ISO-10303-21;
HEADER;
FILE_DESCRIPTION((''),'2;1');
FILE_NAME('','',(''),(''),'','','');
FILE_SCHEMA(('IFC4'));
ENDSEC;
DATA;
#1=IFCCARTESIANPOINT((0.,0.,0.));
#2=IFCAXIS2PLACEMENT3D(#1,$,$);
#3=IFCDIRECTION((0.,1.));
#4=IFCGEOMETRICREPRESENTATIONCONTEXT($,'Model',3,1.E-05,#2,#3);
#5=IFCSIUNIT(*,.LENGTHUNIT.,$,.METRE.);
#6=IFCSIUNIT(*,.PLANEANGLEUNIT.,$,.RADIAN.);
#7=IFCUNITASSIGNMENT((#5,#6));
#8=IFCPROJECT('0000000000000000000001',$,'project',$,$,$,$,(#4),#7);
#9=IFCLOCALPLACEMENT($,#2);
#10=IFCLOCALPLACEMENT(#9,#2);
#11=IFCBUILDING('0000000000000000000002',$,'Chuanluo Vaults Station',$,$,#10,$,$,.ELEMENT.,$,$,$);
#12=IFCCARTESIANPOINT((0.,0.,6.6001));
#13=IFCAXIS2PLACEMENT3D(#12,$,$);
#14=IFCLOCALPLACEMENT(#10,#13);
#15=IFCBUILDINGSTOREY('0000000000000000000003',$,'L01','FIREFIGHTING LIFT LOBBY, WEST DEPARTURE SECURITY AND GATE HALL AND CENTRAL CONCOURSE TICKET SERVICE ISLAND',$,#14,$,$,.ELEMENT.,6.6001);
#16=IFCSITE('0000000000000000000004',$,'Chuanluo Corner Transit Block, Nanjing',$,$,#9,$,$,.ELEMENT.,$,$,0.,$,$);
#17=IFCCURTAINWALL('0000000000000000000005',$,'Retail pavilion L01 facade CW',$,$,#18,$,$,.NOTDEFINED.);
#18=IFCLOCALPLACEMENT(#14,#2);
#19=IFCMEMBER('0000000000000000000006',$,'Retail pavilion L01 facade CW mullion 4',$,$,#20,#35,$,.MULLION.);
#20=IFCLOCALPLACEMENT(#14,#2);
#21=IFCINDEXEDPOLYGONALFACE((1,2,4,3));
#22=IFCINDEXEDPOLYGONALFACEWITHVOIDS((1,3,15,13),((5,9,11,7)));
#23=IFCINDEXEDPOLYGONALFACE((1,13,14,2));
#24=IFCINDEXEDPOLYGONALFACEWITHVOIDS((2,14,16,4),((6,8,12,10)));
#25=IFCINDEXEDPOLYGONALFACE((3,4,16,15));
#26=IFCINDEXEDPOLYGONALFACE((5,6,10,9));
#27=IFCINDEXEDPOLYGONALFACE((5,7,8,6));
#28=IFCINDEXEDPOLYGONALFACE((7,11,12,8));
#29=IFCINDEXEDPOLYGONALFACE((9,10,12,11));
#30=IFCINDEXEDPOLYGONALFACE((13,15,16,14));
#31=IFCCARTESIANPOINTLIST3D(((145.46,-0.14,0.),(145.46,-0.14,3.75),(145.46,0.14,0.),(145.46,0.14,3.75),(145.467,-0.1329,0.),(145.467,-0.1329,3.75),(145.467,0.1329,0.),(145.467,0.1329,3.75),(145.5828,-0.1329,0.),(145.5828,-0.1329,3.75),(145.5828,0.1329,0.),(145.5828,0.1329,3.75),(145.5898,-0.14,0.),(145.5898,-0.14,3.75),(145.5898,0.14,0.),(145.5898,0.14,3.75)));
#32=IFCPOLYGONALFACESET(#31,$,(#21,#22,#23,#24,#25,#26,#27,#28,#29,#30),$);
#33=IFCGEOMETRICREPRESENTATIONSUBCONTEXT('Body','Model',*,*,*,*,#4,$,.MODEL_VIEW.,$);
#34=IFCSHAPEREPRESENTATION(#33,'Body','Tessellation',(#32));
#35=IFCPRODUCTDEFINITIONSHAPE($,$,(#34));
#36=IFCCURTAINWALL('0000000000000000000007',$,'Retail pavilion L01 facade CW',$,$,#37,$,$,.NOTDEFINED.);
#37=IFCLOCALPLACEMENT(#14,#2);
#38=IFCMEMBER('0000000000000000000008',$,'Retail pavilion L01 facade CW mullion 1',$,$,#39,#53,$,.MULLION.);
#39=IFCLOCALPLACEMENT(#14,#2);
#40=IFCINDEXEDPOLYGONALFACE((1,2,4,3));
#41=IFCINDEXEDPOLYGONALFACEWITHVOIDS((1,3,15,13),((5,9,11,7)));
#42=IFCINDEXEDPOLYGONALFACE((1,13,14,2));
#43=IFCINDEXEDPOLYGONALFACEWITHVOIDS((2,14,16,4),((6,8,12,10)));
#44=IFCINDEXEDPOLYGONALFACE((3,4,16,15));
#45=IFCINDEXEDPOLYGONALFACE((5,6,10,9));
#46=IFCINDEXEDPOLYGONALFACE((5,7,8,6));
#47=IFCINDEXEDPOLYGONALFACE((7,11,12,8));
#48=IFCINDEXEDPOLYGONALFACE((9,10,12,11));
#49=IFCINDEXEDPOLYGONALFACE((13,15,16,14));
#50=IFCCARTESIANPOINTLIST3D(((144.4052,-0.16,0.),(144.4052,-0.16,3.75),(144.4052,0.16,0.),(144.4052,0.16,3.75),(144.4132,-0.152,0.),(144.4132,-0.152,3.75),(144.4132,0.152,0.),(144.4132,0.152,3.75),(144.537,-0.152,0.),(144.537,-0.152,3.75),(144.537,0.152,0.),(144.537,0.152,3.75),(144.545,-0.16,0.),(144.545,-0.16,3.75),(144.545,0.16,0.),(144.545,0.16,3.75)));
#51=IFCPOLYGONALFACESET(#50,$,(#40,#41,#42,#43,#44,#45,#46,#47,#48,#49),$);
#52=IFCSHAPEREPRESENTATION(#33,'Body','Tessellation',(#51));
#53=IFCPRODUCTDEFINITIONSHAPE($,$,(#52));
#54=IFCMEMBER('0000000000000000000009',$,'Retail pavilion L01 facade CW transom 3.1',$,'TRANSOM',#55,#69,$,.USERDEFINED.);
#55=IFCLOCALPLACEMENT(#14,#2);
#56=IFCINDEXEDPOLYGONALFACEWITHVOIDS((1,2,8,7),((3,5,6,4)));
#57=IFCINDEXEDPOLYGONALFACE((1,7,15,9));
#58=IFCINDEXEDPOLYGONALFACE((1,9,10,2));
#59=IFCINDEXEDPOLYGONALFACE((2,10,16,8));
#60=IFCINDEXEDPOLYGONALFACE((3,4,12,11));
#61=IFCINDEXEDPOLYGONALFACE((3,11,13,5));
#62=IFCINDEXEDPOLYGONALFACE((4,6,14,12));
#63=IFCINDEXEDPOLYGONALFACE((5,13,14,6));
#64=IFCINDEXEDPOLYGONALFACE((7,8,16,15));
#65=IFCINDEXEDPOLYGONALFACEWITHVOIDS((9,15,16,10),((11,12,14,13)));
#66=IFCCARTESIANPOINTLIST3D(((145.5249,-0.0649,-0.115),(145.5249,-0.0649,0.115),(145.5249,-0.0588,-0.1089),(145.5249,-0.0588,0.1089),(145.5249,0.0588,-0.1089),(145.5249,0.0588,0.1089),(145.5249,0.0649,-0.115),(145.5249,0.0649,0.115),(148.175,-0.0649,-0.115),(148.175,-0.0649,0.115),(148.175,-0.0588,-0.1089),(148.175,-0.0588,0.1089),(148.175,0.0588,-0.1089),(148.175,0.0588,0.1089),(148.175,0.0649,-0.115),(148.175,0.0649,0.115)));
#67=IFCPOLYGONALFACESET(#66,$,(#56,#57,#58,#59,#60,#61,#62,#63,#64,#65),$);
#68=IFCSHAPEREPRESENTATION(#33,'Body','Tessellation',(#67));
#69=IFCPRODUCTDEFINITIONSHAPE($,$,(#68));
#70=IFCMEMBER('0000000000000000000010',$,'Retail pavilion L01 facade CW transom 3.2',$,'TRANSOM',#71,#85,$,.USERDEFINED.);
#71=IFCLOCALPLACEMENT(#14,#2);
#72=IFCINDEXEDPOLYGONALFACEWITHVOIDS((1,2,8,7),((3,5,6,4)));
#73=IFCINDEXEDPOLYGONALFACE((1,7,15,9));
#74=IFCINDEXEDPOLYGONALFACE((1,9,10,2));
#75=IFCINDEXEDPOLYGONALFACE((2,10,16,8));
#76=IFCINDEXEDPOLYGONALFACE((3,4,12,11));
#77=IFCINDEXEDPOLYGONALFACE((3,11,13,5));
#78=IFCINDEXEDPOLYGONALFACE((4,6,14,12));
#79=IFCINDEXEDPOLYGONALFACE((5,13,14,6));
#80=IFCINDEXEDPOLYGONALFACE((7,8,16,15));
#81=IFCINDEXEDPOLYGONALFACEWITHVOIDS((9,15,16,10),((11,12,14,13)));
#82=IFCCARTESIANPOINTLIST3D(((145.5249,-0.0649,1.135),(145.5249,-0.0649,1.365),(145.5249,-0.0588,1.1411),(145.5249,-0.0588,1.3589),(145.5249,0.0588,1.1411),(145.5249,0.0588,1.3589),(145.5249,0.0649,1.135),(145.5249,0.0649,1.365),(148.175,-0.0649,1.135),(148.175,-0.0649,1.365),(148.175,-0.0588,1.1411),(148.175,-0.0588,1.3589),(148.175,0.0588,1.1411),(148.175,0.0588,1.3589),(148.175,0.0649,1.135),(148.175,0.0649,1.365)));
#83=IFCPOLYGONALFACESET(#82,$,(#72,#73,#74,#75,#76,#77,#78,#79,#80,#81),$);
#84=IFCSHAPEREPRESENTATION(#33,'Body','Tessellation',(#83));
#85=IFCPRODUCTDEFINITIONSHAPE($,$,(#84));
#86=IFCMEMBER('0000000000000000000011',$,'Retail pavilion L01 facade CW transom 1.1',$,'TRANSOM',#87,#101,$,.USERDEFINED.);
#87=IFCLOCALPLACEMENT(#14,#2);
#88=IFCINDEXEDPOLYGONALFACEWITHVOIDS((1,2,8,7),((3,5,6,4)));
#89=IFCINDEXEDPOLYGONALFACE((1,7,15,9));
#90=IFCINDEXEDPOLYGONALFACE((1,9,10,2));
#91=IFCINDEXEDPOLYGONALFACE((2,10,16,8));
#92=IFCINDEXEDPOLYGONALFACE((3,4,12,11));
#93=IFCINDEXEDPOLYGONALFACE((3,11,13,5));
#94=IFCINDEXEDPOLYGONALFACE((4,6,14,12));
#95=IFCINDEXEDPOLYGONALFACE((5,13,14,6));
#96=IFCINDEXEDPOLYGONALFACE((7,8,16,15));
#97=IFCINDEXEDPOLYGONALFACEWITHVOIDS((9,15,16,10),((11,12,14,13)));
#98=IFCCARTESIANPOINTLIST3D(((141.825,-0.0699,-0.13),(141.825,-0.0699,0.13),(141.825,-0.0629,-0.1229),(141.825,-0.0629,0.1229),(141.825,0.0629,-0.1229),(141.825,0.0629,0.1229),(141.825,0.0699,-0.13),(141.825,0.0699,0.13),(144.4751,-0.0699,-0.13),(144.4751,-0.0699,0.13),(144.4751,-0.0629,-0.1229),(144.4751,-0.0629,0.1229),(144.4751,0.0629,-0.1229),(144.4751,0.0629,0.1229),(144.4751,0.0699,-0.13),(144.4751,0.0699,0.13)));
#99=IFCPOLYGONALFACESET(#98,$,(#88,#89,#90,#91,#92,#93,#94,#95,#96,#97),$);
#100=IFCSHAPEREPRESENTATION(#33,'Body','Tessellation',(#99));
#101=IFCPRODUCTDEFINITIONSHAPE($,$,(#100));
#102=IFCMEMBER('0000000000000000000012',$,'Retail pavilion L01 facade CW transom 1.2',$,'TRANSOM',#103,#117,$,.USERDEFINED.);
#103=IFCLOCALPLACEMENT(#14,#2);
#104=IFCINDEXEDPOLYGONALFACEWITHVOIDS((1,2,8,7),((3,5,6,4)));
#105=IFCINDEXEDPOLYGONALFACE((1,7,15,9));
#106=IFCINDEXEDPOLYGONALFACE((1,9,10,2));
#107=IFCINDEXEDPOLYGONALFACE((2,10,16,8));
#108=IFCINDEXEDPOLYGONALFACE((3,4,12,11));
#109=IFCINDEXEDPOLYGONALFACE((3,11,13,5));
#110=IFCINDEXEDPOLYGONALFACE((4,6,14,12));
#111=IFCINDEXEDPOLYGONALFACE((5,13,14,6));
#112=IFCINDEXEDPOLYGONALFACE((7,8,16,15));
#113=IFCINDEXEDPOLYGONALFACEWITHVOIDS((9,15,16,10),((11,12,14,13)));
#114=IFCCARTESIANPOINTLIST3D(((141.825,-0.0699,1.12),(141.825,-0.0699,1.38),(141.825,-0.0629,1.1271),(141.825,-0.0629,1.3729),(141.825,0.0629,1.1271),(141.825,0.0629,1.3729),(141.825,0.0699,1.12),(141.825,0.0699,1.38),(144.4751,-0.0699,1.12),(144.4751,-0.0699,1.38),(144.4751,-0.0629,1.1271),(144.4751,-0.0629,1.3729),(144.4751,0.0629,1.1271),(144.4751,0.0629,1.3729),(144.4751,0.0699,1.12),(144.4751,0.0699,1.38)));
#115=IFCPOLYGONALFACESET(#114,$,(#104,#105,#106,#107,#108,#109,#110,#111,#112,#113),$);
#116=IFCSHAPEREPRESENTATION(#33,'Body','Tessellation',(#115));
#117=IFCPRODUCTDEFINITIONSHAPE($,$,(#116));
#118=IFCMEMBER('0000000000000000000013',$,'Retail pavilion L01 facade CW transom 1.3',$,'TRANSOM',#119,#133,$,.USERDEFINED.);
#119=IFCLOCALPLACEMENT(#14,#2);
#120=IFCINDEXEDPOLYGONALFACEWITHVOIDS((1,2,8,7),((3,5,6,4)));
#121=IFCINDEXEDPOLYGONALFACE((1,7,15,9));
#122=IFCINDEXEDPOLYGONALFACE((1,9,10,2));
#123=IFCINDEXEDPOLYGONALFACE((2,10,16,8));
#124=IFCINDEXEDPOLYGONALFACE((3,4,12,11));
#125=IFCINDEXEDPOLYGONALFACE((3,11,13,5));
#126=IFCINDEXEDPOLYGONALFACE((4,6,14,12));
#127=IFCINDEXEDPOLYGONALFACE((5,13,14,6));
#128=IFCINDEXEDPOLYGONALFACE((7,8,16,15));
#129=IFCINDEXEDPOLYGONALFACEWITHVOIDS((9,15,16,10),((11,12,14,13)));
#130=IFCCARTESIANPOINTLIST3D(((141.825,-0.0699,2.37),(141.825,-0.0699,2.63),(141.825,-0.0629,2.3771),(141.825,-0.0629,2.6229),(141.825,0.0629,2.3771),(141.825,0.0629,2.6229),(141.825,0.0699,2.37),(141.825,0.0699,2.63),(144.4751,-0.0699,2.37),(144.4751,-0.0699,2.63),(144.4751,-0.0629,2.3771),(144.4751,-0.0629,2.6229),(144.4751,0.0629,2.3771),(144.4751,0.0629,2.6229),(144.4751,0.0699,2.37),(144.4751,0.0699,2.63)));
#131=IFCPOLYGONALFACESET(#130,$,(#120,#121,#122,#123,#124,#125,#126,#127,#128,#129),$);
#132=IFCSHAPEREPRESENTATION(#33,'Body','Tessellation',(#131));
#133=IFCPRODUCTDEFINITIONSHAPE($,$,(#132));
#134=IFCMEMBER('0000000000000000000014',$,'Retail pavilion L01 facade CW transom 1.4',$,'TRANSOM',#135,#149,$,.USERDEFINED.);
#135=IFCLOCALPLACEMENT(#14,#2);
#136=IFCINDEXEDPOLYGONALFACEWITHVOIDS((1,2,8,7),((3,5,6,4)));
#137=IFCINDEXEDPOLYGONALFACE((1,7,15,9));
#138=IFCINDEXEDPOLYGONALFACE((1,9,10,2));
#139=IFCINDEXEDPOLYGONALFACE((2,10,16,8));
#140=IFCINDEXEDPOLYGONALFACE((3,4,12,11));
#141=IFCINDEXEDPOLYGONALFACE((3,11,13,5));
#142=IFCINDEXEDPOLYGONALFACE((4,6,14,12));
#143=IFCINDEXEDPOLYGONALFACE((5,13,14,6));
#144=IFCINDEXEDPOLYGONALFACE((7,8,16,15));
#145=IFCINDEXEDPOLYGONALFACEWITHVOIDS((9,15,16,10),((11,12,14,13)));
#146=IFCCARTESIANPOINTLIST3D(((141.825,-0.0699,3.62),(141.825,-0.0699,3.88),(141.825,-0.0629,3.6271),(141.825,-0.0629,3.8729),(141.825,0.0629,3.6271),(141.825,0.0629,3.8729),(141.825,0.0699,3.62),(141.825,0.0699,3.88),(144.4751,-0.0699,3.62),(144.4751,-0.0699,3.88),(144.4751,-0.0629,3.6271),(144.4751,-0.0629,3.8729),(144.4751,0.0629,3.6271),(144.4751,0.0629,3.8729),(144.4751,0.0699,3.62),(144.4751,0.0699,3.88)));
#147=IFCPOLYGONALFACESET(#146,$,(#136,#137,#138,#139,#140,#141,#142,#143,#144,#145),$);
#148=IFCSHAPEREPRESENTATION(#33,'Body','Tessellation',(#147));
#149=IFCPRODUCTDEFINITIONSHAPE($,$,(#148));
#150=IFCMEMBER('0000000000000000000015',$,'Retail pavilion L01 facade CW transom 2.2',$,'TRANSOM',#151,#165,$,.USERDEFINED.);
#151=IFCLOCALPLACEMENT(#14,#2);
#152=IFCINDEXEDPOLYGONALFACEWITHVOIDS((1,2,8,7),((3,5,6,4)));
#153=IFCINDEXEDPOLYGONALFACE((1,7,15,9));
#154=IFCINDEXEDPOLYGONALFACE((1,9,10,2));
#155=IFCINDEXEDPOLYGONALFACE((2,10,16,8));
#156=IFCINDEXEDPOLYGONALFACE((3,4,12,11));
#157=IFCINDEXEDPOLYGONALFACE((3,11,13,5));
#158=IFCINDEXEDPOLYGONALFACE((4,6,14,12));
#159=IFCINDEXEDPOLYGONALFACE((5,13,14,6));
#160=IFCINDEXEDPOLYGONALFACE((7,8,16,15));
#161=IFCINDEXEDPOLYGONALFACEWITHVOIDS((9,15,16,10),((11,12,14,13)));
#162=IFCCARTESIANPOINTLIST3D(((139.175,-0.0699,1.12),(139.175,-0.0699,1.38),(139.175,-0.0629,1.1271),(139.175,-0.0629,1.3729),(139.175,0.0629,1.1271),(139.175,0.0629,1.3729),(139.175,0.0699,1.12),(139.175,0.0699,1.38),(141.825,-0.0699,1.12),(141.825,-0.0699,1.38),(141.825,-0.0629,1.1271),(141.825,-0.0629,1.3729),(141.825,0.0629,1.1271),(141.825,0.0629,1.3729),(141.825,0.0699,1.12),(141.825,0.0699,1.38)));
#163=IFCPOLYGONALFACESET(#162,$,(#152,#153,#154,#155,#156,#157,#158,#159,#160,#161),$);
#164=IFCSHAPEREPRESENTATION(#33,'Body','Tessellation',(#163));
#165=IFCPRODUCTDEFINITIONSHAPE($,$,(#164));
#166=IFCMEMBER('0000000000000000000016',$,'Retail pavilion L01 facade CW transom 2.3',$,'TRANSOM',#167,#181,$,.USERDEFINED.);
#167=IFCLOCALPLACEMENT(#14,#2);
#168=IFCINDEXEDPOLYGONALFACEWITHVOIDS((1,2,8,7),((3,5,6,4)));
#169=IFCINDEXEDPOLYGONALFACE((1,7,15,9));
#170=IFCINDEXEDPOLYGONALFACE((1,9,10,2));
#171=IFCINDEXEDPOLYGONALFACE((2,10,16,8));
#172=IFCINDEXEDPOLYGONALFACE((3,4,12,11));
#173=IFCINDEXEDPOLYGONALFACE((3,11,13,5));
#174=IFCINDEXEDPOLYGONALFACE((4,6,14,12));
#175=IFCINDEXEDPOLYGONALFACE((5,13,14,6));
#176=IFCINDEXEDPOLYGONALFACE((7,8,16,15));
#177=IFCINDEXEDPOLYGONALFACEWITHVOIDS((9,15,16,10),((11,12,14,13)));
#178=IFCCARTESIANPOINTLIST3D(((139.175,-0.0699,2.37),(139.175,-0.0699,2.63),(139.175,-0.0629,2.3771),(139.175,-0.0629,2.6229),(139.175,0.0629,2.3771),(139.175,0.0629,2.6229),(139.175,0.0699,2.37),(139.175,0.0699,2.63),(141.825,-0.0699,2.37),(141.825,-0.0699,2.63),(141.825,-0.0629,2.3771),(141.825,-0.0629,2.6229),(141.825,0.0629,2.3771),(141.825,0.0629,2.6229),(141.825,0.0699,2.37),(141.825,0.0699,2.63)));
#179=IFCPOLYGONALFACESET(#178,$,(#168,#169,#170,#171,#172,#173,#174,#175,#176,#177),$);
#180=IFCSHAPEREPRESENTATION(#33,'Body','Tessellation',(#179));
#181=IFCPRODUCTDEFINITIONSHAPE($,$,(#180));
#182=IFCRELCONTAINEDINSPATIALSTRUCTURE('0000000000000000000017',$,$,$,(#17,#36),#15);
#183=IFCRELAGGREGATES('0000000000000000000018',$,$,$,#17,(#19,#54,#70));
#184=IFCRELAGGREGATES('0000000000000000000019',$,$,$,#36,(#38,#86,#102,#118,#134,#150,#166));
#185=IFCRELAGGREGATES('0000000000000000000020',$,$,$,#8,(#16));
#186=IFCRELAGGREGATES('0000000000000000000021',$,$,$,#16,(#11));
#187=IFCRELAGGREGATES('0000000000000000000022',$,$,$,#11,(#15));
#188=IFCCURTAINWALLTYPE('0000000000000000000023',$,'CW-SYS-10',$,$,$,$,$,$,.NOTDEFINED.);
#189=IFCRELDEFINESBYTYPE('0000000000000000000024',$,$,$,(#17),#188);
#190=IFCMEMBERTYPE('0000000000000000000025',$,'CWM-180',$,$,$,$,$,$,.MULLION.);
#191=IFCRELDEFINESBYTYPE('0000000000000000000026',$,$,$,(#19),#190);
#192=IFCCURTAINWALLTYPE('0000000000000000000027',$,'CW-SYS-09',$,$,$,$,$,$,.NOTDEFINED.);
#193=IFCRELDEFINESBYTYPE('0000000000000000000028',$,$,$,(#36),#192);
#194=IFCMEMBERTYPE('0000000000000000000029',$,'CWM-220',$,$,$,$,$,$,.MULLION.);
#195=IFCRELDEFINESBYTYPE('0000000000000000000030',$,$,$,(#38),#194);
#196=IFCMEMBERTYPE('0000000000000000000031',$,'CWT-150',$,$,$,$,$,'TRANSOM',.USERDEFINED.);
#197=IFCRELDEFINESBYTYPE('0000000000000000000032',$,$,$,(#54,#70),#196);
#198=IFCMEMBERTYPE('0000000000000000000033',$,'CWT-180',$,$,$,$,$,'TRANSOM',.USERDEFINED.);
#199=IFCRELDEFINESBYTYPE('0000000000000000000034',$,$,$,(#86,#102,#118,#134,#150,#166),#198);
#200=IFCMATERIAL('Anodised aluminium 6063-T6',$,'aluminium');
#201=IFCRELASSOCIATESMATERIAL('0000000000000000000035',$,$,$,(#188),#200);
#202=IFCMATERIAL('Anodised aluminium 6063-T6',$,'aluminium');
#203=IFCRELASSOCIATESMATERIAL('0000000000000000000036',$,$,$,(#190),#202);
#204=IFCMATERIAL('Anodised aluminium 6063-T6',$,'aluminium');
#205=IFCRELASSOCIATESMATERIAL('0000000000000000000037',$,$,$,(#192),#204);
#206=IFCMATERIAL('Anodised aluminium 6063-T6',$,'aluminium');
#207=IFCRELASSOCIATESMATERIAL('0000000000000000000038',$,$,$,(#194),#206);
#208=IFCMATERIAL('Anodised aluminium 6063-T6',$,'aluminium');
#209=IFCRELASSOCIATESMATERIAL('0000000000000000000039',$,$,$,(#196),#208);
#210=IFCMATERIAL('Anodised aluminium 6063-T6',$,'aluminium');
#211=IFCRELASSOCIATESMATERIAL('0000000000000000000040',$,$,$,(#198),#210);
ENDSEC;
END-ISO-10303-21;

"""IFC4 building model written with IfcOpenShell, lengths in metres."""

from ifc_helpers import new_model, si_unit, direction, frame, origin, origin_2d, place, context, subcontext, project, spatial, hollow_rectangle, extrude, material, material_profile, profile_set, type_object, element, aggregate, save


model = new_model("IFC4")

# Units and contexts
model_context = context("Model", 3, precision=1e-05, world=origin(), true_north=direction((0.0, 1.0)))
body_context = subcontext(model_context, "Body", "Model", "MODEL_VIEW")
ifc_project = project(units=[si_unit("LENGTHUNIT", "METRE"), si_unit("PLANEANGLEUNIT", "RADIAN")], contexts=[model_context])

# Site, building, storey
site_placement = place(None, origin())
site = spatial("IfcSite", under=ifc_project, at=site_placement, Name="Chuanluo Corner Transit Block, Nanjing", CompositionType="ELEMENT", RefElevation=0.0)
building_placement = place(site_placement, origin())
building = spatial("IfcBuilding", under=site, at=building_placement, Name="Chuanluo Vaults Station", CompositionType="ELEMENT")
storey_placement = place(building_placement, frame((0.0, 0.0, 6.6001)))
storey = spatial("IfcBuildingStorey", under=building, at=storey_placement, Name="L01", Description="FIREFIGHTING LIFT LOBBY, WEST DEPARTURE SECURITY AND GATE HALL AND CENTRAL CONCOURSE TICKET SERVICE ISLAND", CompositionType="ELEMENT", Elevation=6.6001)

# Curtain wall, member
ifc_material_1 = material(Name="Anodised aluminium 6063-T6", Category="aluminium")
curtain_wall_type_1 = type_object("IfcCurtainWallType", Name="CW-SYS-10", PredefinedType="NOTDEFINED", material=ifc_material_1)
curtain_wall_1_placement = place(storey_placement, origin())
curtain_wall_1 = element("IfcCurtainWall", 1, at=curtain_wall_1_placement, inside=storey, type_object=curtain_wall_type_1, Name="Retail pavilion L01 facade CW", PredefinedType="NOTDEFINED")
ifc_material_2 = material(Name="Anodised aluminium 6063-T6", Category="aluminium")
ifc_material_profile_1 = material_profile(ifc_material_2, hollow_rectangle(XDim=0.1299, YDim=0.28, WallThickness=0.0071, at=origin_2d()))
ifc_profile_set_1 = profile_set([ifc_material_profile_1], Name="Anodised aluminium 6063-T6")
member_type_1 = type_object("IfcMemberType", Name="CWM-180", PredefinedType="MULLION", material=ifc_profile_set_1)
member_1_placement = place(storey_placement, frame((145.5249, 0.0, 0.0), z_axis=(0.0, 0.0, 1.0), x_axis=(-1.0, 0.0, 0.0)))
member_1 = element("IfcMember", 2, at=member_1_placement, type_object=member_type_1, Name="Retail pavilion L01 facade CW mullion 4", PredefinedType="MULLION", context=body_context, shape_type="SweptSolid", body=[
    extrude(hollow_rectangle(XDim=0.1299, YDim=0.28, WallThickness=0.0071, at=origin_2d()), origin(), (0.0, 0.0, 1.0), 3.75),
])

# Curtain wall, member
ifc_material_3 = material(Name="Anodised aluminium 6063-T6", Category="aluminium")
curtain_wall_type_2 = type_object("IfcCurtainWallType", Name="CW-SYS-09", PredefinedType="NOTDEFINED", material=ifc_material_3)
curtain_wall_2_placement = place(storey_placement, origin())
curtain_wall_2 = element("IfcCurtainWall", 3, at=curtain_wall_2_placement, inside=storey, type_object=curtain_wall_type_2, Name="Retail pavilion L01 facade CW", PredefinedType="NOTDEFINED")
ifc_material_4 = material(Name="Anodised aluminium 6063-T6", Category="aluminium")
ifc_material_profile_2 = material_profile(ifc_material_4, hollow_rectangle(XDim=0.1399, YDim=0.3201, WallThickness=0.0081, at=origin_2d()))
ifc_profile_set_2 = profile_set([ifc_material_profile_2], Name="Anodised aluminium 6063-T6")
member_type_2 = type_object("IfcMemberType", Name="CWM-220", PredefinedType="MULLION", material=ifc_profile_set_2)
member_2_placement = place(storey_placement, frame((144.4751, 0.0, 0.0), z_axis=(0.0, 0.0, 1.0), x_axis=(-1.0, 0.0, 0.0)))
member_2 = element("IfcMember", 4, at=member_2_placement, type_object=member_type_2, Name="Retail pavilion L01 facade CW mullion 1", PredefinedType="MULLION", context=body_context, shape_type="SweptSolid", body=[
    extrude(hollow_rectangle(XDim=0.1399, YDim=0.3201, WallThickness=0.0081, at=origin_2d()), origin(), (0.0, 0.0, 1.0), 3.75),
])

# Members
ifc_material_5 = material(Name="Anodised aluminium 6063-T6", Category="aluminium")
ifc_material_profile_3 = material_profile(ifc_material_5, hollow_rectangle(XDim=0.1299, YDim=0.23, WallThickness=0.0061, at=origin_2d()))
ifc_profile_set_3 = profile_set([ifc_material_profile_3], Name="Anodised aluminium 6063-T6")
member_type_3 = type_object("IfcMemberType", Name="CWT-150", ElementType="TRANSOM", PredefinedType="USERDEFINED", material=ifc_profile_set_3)
member_3_placement = place(storey_placement, frame((148.175, 0.0, 0.0), z_axis=(-1.0, 0.0, 0.0), x_axis=(0.0, -1.0, 0.0)))
member_3 = element("IfcMember", 5, at=member_3_placement, type_object=member_type_3, Name="Retail pavilion L01 facade CW transom 3.1", ObjectType="TRANSOM", PredefinedType="USERDEFINED", context=body_context, shape_type="SweptSolid", body=[
    extrude(hollow_rectangle(XDim=0.1299, YDim=0.23, WallThickness=0.0061, at=origin_2d()), origin(), (0.0, 0.0, 1.0), 2.6501),
])
member_4_placement = place(storey_placement, frame((148.175, 0.0, 1.25), z_axis=(-1.0, 0.0, 0.0), x_axis=(0.0, -1.0, 0.0)))
member_4 = element("IfcMember", 6, at=member_4_placement, type_object=member_type_3, Name="Retail pavilion L01 facade CW transom 3.2", ObjectType="TRANSOM", PredefinedType="USERDEFINED", context=body_context, shape_type="SweptSolid", body=[
    extrude(hollow_rectangle(XDim=0.1299, YDim=0.23, WallThickness=0.0061, at=origin_2d()), origin(), (0.0, 0.0, 1.0), 2.6501),
])
ifc_material_6 = material(Name="Anodised aluminium 6063-T6", Category="aluminium")
ifc_material_profile_4 = material_profile(ifc_material_6, hollow_rectangle(XDim=0.1399, YDim=0.26, WallThickness=0.0071, at=origin_2d()))
ifc_profile_set_4 = profile_set([ifc_material_profile_4], Name="Anodised aluminium 6063-T6")
member_type_4 = type_object("IfcMemberType", Name="CWT-180", ElementType="TRANSOM", PredefinedType="USERDEFINED", material=ifc_profile_set_4)
member_5_placement = place(storey_placement, frame((144.4751, 0.0, 0.0), z_axis=(-1.0, 0.0, 0.0), x_axis=(0.0, -1.0, 0.0)))
member_5 = element("IfcMember", 7, at=member_5_placement, type_object=member_type_4, Name="Retail pavilion L01 facade CW transom 1.1", ObjectType="TRANSOM", PredefinedType="USERDEFINED", context=body_context, shape_type="SweptSolid", body=[
    extrude(hollow_rectangle(XDim=0.1399, YDim=0.26, WallThickness=0.0071, at=origin_2d()), origin(), (0.0, 0.0, 1.0), 2.6501),
])
member_6_placement = place(storey_placement, frame((144.4751, 0.0, 1.25), z_axis=(-1.0, 0.0, 0.0), x_axis=(0.0, -1.0, 0.0)))
member_6 = element("IfcMember", 8, at=member_6_placement, type_object=member_type_4, Name="Retail pavilion L01 facade CW transom 1.2", ObjectType="TRANSOM", PredefinedType="USERDEFINED", context=body_context, shape_type="SweptSolid", body=[
    extrude(hollow_rectangle(XDim=0.1399, YDim=0.26, WallThickness=0.0071, at=origin_2d()), origin(), (0.0, 0.0, 1.0), 2.6501),
])
member_7_placement = place(storey_placement, frame((144.4751, 0.0, 2.5), z_axis=(-1.0, 0.0, 0.0), x_axis=(0.0, -1.0, 0.0)))
member_7 = element("IfcMember", 9, at=member_7_placement, type_object=member_type_4, Name="Retail pavilion L01 facade CW transom 1.3", ObjectType="TRANSOM", PredefinedType="USERDEFINED", context=body_context, shape_type="SweptSolid", body=[
    extrude(hollow_rectangle(XDim=0.1399, YDim=0.26, WallThickness=0.0071, at=origin_2d()), origin(), (0.0, 0.0, 1.0), 2.6501),
])
member_8_placement = place(storey_placement, frame((144.4751, 0.0, 3.75), z_axis=(-1.0, 0.0, 0.0), x_axis=(0.0, -1.0, 0.0)))
member_8 = element("IfcMember", 10, at=member_8_placement, type_object=member_type_4, Name="Retail pavilion L01 facade CW transom 1.4", ObjectType="TRANSOM", PredefinedType="USERDEFINED", context=body_context, shape_type="SweptSolid", body=[
    extrude(hollow_rectangle(XDim=0.1399, YDim=0.26, WallThickness=0.0071, at=origin_2d()), origin(), (0.0, 0.0, 1.0), 2.6501),
])
member_9_placement = place(storey_placement, frame((141.825, 0.0, 1.25), z_axis=(-1.0, 0.0, 0.0), x_axis=(0.0, -1.0, 0.0)))
member_9 = element("IfcMember", 11, at=member_9_placement, type_object=member_type_4, Name="Retail pavilion L01 facade CW transom 2.2", ObjectType="TRANSOM", PredefinedType="USERDEFINED", context=body_context, shape_type="SweptSolid", body=[
    extrude(hollow_rectangle(XDim=0.1399, YDim=0.26, WallThickness=0.0071, at=origin_2d()), origin(), (0.0, 0.0, 1.0), 2.6499),
])
member_10_placement = place(storey_placement, frame((141.825, 0.0, 2.5), z_axis=(-1.0, 0.0, 0.0), x_axis=(0.0, -1.0, 0.0)))
member_10 = element("IfcMember", 12, at=member_10_placement, type_object=member_type_4, Name="Retail pavilion L01 facade CW transom 2.3", ObjectType="TRANSOM", PredefinedType="USERDEFINED", context=body_context, shape_type="SweptSolid", body=[
    extrude(hollow_rectangle(XDim=0.1399, YDim=0.26, WallThickness=0.0071, at=origin_2d()), origin(), (0.0, 0.0, 1.0), 2.6499),
])

aggregate(curtain_wall_1, [member_1, member_3, member_4])
aggregate(curtain_wall_2, [member_2, member_5, member_6, member_7, member_8, member_9, member_10])

save(model, "model.ifc")
